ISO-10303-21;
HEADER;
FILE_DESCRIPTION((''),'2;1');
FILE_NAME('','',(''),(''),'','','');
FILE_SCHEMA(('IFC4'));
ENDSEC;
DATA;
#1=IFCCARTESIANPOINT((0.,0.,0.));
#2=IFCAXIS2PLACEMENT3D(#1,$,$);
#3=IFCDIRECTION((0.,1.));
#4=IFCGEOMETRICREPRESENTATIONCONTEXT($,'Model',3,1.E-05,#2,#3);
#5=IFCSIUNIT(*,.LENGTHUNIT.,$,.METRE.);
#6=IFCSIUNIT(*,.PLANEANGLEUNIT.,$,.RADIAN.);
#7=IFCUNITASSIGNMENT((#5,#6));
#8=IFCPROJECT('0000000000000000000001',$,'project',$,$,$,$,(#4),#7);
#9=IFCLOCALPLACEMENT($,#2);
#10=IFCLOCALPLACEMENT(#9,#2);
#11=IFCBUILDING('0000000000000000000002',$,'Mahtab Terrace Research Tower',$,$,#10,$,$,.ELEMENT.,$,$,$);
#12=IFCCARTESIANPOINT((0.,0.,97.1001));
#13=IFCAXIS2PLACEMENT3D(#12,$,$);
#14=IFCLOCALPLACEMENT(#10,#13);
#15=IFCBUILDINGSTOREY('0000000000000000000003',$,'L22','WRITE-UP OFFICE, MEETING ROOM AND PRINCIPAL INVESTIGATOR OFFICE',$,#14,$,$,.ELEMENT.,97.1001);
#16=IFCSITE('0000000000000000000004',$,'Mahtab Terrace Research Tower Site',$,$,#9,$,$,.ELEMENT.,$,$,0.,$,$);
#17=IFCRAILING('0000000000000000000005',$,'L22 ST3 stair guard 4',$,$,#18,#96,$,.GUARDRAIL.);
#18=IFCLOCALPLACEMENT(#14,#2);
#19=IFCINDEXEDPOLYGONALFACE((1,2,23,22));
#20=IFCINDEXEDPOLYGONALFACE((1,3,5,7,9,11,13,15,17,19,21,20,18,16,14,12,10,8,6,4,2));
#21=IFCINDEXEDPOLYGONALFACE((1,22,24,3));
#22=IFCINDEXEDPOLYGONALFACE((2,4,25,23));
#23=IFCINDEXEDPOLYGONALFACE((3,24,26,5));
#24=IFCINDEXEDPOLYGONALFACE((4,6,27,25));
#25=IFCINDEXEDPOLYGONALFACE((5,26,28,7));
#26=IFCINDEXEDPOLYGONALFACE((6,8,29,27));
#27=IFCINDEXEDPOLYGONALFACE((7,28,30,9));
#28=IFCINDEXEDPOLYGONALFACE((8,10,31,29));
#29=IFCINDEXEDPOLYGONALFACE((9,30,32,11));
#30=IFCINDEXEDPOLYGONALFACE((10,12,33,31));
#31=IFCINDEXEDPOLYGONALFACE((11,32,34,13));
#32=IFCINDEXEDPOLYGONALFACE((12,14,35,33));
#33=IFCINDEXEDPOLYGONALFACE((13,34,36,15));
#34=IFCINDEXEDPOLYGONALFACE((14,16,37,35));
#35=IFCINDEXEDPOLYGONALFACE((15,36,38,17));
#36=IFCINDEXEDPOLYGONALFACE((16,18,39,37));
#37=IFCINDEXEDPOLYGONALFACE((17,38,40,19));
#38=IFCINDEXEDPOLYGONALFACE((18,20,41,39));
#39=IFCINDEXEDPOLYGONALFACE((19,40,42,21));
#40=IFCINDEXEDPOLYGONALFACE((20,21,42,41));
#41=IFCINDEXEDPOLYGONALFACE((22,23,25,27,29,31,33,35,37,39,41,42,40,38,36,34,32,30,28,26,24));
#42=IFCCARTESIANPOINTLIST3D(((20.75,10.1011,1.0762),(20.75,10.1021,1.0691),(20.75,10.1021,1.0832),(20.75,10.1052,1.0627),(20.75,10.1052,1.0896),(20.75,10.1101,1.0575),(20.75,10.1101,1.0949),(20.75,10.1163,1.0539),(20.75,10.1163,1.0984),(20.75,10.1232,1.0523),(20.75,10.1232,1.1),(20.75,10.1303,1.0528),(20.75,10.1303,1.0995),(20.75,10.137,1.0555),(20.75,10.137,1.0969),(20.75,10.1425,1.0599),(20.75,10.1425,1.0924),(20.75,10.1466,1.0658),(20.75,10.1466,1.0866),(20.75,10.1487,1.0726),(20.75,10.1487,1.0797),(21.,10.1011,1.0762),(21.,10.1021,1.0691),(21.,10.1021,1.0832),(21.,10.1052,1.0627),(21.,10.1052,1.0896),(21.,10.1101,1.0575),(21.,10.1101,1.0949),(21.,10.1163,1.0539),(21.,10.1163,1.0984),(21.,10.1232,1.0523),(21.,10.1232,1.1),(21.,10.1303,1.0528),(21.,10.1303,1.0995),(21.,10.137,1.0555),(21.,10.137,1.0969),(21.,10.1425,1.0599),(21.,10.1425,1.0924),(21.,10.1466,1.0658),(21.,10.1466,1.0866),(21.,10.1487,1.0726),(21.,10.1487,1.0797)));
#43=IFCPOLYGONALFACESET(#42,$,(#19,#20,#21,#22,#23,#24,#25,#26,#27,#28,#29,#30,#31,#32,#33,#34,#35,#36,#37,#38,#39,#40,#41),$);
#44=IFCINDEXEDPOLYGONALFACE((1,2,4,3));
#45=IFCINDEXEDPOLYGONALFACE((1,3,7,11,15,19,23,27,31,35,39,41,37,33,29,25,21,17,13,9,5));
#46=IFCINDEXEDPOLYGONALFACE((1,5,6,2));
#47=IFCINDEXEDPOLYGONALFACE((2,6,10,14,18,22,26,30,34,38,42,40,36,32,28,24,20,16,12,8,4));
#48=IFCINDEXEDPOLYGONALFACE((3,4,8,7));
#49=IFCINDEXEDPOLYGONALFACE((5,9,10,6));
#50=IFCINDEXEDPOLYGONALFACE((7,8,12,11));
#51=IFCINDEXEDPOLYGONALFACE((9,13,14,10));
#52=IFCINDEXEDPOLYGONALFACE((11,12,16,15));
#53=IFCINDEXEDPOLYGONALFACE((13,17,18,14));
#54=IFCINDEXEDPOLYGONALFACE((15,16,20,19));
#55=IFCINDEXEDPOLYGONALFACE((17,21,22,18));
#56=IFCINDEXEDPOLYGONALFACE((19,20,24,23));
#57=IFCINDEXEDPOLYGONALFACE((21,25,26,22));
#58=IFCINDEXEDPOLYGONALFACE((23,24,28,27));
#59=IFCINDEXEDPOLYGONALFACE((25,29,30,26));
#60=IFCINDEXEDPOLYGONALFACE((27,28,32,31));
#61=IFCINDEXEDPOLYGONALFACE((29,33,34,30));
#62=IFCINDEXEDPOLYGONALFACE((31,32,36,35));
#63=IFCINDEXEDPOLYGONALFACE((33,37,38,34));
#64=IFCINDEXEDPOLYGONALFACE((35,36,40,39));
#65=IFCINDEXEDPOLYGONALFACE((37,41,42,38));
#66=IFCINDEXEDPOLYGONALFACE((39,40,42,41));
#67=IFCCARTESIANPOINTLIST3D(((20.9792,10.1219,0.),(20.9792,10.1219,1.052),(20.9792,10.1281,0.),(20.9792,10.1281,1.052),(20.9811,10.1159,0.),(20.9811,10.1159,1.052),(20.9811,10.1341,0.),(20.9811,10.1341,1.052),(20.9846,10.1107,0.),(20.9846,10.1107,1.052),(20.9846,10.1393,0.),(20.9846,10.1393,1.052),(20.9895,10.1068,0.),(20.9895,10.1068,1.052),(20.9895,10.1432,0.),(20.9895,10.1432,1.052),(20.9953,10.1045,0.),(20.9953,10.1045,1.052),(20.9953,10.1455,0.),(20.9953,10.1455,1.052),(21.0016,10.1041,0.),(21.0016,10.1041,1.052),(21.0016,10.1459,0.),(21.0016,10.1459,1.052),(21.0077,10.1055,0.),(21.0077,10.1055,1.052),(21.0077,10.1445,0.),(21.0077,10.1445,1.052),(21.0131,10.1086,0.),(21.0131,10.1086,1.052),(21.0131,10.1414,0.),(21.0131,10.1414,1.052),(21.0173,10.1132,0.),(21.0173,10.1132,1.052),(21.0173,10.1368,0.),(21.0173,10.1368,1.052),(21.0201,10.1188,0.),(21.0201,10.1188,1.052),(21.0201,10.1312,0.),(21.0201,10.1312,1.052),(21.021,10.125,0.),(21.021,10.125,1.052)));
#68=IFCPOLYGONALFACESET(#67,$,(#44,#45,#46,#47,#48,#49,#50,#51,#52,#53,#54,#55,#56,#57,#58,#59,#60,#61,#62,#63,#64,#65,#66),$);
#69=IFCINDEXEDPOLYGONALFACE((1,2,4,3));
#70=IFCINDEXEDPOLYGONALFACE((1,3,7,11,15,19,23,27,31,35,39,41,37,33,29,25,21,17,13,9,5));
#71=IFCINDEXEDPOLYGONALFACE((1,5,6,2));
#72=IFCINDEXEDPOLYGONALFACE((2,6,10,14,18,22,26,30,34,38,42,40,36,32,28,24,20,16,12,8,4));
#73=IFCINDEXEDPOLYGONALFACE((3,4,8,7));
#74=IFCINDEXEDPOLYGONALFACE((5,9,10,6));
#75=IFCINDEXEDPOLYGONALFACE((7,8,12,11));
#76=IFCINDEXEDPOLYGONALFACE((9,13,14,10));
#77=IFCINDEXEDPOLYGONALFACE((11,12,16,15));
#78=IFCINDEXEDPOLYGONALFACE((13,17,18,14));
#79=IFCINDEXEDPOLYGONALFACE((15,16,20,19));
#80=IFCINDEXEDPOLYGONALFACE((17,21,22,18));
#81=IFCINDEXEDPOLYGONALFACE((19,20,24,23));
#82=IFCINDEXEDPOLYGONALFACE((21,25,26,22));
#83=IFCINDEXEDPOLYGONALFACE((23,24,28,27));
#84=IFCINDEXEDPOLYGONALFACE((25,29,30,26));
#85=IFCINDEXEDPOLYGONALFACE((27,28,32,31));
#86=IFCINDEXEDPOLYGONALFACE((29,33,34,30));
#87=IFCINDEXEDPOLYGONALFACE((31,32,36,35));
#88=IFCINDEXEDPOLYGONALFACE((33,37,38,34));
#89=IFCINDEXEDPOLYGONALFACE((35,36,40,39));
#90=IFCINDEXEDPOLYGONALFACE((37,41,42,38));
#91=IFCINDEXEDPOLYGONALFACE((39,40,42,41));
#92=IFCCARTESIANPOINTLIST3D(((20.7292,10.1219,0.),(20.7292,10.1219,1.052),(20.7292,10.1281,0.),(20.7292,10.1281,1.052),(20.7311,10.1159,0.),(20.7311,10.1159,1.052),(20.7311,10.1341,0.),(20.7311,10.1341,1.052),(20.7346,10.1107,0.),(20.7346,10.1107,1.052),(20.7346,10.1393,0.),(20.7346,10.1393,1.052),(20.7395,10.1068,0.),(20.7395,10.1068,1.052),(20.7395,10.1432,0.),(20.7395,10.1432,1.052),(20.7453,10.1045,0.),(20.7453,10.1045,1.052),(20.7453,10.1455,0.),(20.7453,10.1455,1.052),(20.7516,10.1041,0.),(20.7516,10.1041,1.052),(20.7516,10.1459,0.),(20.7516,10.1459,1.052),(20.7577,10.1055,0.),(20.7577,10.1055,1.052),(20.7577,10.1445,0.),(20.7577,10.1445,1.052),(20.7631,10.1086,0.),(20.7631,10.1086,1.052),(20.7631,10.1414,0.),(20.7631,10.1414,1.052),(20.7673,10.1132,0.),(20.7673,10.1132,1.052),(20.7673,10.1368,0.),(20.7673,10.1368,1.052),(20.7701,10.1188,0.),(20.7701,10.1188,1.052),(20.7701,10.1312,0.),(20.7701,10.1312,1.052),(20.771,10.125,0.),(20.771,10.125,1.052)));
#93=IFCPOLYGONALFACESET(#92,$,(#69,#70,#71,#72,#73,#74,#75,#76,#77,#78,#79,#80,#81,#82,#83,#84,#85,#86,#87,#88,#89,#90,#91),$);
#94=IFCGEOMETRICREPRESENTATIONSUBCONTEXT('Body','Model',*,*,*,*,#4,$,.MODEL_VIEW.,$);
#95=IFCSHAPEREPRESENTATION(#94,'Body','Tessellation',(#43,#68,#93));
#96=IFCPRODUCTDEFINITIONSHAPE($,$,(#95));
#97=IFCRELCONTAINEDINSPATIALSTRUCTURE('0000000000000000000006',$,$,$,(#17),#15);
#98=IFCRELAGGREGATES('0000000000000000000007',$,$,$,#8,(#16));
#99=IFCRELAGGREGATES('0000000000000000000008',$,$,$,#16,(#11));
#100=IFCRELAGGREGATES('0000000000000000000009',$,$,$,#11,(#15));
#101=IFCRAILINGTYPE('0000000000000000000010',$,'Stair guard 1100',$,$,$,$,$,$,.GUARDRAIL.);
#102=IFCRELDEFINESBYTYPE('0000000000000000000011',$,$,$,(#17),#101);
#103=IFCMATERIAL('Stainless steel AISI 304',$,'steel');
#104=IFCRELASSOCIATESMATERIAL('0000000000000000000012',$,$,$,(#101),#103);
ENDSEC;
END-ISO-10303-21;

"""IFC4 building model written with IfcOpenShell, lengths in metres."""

from ifc_helpers import new_model, si_unit, direction, frame, origin, origin_2d, place, context, subcontext, project, spatial, circle, extrude, material, type_object, element, save


model = new_model("IFC4")

# Units and contexts
model_context = context("Model", 3, precision=1e-05, world=origin(), true_north=direction((0.0, 1.0)))
body_context = subcontext(model_context, "Body", "Model", "MODEL_VIEW")
ifc_project = project(units=[si_unit("LENGTHUNIT", "METRE"), si_unit("PLANEANGLEUNIT", "RADIAN")], contexts=[model_context])

# Site, building, storey
site_placement = place(None, origin())
site = spatial("IfcSite", under=ifc_project, at=site_placement, Name="Mahtab Terrace Research Tower Site", CompositionType="ELEMENT", RefElevation=0.0)
building_placement = place(site_placement, origin())
building = spatial("IfcBuilding", under=site, at=building_placement, Name="Mahtab Terrace Research Tower", CompositionType="ELEMENT")
storey_placement = place(building_placement, frame((0.0, 0.0, 97.1001)))
storey = spatial("IfcBuildingStorey", under=building, at=storey_placement, Name="L22", Description="WRITE-UP OFFICE, MEETING ROOM AND PRINCIPAL INVESTIGATOR OFFICE", CompositionType="ELEMENT", Elevation=97.1001)

# Shared definitions
ifc_material_1 = material(Name="Stainless steel AISI 304", Category="steel")

# Railing
railing_type_1 = type_object("IfcRailingType", Name="Stair guard 1100", PredefinedType="GUARDRAIL", material=ifc_material_1)
railing_1_placement = place(storey_placement, frame((21.0, 10.125, 0.0)))
element("IfcRailing", 1, at=railing_1_placement, inside=storey, type_object=railing_type_1, Name="L22 ST3 stair guard 4", PredefinedType="GUARDRAIL", context=body_context, shape_type="SweptSolid", body=[
    extrude(circle(Radius=0.0239, at=origin_2d()), frame((0.0, 0.0, 1.0762), z_axis=(-1.0, 0.0, 0.0), x_axis=(0.0, -1.0, 0.0)), (0.0, 0.0, 1.0), 0.25),
    extrude(circle(Radius=0.021, at=origin_2d()), origin(), (0.0, 0.0, 1.0), 1.052),
    extrude(circle(Radius=0.021, at=origin_2d()), frame((-0.25, 0.0, 0.0)), (0.0, 0.0, 1.0), 1.052),
])

save(model, "model.ifc")
